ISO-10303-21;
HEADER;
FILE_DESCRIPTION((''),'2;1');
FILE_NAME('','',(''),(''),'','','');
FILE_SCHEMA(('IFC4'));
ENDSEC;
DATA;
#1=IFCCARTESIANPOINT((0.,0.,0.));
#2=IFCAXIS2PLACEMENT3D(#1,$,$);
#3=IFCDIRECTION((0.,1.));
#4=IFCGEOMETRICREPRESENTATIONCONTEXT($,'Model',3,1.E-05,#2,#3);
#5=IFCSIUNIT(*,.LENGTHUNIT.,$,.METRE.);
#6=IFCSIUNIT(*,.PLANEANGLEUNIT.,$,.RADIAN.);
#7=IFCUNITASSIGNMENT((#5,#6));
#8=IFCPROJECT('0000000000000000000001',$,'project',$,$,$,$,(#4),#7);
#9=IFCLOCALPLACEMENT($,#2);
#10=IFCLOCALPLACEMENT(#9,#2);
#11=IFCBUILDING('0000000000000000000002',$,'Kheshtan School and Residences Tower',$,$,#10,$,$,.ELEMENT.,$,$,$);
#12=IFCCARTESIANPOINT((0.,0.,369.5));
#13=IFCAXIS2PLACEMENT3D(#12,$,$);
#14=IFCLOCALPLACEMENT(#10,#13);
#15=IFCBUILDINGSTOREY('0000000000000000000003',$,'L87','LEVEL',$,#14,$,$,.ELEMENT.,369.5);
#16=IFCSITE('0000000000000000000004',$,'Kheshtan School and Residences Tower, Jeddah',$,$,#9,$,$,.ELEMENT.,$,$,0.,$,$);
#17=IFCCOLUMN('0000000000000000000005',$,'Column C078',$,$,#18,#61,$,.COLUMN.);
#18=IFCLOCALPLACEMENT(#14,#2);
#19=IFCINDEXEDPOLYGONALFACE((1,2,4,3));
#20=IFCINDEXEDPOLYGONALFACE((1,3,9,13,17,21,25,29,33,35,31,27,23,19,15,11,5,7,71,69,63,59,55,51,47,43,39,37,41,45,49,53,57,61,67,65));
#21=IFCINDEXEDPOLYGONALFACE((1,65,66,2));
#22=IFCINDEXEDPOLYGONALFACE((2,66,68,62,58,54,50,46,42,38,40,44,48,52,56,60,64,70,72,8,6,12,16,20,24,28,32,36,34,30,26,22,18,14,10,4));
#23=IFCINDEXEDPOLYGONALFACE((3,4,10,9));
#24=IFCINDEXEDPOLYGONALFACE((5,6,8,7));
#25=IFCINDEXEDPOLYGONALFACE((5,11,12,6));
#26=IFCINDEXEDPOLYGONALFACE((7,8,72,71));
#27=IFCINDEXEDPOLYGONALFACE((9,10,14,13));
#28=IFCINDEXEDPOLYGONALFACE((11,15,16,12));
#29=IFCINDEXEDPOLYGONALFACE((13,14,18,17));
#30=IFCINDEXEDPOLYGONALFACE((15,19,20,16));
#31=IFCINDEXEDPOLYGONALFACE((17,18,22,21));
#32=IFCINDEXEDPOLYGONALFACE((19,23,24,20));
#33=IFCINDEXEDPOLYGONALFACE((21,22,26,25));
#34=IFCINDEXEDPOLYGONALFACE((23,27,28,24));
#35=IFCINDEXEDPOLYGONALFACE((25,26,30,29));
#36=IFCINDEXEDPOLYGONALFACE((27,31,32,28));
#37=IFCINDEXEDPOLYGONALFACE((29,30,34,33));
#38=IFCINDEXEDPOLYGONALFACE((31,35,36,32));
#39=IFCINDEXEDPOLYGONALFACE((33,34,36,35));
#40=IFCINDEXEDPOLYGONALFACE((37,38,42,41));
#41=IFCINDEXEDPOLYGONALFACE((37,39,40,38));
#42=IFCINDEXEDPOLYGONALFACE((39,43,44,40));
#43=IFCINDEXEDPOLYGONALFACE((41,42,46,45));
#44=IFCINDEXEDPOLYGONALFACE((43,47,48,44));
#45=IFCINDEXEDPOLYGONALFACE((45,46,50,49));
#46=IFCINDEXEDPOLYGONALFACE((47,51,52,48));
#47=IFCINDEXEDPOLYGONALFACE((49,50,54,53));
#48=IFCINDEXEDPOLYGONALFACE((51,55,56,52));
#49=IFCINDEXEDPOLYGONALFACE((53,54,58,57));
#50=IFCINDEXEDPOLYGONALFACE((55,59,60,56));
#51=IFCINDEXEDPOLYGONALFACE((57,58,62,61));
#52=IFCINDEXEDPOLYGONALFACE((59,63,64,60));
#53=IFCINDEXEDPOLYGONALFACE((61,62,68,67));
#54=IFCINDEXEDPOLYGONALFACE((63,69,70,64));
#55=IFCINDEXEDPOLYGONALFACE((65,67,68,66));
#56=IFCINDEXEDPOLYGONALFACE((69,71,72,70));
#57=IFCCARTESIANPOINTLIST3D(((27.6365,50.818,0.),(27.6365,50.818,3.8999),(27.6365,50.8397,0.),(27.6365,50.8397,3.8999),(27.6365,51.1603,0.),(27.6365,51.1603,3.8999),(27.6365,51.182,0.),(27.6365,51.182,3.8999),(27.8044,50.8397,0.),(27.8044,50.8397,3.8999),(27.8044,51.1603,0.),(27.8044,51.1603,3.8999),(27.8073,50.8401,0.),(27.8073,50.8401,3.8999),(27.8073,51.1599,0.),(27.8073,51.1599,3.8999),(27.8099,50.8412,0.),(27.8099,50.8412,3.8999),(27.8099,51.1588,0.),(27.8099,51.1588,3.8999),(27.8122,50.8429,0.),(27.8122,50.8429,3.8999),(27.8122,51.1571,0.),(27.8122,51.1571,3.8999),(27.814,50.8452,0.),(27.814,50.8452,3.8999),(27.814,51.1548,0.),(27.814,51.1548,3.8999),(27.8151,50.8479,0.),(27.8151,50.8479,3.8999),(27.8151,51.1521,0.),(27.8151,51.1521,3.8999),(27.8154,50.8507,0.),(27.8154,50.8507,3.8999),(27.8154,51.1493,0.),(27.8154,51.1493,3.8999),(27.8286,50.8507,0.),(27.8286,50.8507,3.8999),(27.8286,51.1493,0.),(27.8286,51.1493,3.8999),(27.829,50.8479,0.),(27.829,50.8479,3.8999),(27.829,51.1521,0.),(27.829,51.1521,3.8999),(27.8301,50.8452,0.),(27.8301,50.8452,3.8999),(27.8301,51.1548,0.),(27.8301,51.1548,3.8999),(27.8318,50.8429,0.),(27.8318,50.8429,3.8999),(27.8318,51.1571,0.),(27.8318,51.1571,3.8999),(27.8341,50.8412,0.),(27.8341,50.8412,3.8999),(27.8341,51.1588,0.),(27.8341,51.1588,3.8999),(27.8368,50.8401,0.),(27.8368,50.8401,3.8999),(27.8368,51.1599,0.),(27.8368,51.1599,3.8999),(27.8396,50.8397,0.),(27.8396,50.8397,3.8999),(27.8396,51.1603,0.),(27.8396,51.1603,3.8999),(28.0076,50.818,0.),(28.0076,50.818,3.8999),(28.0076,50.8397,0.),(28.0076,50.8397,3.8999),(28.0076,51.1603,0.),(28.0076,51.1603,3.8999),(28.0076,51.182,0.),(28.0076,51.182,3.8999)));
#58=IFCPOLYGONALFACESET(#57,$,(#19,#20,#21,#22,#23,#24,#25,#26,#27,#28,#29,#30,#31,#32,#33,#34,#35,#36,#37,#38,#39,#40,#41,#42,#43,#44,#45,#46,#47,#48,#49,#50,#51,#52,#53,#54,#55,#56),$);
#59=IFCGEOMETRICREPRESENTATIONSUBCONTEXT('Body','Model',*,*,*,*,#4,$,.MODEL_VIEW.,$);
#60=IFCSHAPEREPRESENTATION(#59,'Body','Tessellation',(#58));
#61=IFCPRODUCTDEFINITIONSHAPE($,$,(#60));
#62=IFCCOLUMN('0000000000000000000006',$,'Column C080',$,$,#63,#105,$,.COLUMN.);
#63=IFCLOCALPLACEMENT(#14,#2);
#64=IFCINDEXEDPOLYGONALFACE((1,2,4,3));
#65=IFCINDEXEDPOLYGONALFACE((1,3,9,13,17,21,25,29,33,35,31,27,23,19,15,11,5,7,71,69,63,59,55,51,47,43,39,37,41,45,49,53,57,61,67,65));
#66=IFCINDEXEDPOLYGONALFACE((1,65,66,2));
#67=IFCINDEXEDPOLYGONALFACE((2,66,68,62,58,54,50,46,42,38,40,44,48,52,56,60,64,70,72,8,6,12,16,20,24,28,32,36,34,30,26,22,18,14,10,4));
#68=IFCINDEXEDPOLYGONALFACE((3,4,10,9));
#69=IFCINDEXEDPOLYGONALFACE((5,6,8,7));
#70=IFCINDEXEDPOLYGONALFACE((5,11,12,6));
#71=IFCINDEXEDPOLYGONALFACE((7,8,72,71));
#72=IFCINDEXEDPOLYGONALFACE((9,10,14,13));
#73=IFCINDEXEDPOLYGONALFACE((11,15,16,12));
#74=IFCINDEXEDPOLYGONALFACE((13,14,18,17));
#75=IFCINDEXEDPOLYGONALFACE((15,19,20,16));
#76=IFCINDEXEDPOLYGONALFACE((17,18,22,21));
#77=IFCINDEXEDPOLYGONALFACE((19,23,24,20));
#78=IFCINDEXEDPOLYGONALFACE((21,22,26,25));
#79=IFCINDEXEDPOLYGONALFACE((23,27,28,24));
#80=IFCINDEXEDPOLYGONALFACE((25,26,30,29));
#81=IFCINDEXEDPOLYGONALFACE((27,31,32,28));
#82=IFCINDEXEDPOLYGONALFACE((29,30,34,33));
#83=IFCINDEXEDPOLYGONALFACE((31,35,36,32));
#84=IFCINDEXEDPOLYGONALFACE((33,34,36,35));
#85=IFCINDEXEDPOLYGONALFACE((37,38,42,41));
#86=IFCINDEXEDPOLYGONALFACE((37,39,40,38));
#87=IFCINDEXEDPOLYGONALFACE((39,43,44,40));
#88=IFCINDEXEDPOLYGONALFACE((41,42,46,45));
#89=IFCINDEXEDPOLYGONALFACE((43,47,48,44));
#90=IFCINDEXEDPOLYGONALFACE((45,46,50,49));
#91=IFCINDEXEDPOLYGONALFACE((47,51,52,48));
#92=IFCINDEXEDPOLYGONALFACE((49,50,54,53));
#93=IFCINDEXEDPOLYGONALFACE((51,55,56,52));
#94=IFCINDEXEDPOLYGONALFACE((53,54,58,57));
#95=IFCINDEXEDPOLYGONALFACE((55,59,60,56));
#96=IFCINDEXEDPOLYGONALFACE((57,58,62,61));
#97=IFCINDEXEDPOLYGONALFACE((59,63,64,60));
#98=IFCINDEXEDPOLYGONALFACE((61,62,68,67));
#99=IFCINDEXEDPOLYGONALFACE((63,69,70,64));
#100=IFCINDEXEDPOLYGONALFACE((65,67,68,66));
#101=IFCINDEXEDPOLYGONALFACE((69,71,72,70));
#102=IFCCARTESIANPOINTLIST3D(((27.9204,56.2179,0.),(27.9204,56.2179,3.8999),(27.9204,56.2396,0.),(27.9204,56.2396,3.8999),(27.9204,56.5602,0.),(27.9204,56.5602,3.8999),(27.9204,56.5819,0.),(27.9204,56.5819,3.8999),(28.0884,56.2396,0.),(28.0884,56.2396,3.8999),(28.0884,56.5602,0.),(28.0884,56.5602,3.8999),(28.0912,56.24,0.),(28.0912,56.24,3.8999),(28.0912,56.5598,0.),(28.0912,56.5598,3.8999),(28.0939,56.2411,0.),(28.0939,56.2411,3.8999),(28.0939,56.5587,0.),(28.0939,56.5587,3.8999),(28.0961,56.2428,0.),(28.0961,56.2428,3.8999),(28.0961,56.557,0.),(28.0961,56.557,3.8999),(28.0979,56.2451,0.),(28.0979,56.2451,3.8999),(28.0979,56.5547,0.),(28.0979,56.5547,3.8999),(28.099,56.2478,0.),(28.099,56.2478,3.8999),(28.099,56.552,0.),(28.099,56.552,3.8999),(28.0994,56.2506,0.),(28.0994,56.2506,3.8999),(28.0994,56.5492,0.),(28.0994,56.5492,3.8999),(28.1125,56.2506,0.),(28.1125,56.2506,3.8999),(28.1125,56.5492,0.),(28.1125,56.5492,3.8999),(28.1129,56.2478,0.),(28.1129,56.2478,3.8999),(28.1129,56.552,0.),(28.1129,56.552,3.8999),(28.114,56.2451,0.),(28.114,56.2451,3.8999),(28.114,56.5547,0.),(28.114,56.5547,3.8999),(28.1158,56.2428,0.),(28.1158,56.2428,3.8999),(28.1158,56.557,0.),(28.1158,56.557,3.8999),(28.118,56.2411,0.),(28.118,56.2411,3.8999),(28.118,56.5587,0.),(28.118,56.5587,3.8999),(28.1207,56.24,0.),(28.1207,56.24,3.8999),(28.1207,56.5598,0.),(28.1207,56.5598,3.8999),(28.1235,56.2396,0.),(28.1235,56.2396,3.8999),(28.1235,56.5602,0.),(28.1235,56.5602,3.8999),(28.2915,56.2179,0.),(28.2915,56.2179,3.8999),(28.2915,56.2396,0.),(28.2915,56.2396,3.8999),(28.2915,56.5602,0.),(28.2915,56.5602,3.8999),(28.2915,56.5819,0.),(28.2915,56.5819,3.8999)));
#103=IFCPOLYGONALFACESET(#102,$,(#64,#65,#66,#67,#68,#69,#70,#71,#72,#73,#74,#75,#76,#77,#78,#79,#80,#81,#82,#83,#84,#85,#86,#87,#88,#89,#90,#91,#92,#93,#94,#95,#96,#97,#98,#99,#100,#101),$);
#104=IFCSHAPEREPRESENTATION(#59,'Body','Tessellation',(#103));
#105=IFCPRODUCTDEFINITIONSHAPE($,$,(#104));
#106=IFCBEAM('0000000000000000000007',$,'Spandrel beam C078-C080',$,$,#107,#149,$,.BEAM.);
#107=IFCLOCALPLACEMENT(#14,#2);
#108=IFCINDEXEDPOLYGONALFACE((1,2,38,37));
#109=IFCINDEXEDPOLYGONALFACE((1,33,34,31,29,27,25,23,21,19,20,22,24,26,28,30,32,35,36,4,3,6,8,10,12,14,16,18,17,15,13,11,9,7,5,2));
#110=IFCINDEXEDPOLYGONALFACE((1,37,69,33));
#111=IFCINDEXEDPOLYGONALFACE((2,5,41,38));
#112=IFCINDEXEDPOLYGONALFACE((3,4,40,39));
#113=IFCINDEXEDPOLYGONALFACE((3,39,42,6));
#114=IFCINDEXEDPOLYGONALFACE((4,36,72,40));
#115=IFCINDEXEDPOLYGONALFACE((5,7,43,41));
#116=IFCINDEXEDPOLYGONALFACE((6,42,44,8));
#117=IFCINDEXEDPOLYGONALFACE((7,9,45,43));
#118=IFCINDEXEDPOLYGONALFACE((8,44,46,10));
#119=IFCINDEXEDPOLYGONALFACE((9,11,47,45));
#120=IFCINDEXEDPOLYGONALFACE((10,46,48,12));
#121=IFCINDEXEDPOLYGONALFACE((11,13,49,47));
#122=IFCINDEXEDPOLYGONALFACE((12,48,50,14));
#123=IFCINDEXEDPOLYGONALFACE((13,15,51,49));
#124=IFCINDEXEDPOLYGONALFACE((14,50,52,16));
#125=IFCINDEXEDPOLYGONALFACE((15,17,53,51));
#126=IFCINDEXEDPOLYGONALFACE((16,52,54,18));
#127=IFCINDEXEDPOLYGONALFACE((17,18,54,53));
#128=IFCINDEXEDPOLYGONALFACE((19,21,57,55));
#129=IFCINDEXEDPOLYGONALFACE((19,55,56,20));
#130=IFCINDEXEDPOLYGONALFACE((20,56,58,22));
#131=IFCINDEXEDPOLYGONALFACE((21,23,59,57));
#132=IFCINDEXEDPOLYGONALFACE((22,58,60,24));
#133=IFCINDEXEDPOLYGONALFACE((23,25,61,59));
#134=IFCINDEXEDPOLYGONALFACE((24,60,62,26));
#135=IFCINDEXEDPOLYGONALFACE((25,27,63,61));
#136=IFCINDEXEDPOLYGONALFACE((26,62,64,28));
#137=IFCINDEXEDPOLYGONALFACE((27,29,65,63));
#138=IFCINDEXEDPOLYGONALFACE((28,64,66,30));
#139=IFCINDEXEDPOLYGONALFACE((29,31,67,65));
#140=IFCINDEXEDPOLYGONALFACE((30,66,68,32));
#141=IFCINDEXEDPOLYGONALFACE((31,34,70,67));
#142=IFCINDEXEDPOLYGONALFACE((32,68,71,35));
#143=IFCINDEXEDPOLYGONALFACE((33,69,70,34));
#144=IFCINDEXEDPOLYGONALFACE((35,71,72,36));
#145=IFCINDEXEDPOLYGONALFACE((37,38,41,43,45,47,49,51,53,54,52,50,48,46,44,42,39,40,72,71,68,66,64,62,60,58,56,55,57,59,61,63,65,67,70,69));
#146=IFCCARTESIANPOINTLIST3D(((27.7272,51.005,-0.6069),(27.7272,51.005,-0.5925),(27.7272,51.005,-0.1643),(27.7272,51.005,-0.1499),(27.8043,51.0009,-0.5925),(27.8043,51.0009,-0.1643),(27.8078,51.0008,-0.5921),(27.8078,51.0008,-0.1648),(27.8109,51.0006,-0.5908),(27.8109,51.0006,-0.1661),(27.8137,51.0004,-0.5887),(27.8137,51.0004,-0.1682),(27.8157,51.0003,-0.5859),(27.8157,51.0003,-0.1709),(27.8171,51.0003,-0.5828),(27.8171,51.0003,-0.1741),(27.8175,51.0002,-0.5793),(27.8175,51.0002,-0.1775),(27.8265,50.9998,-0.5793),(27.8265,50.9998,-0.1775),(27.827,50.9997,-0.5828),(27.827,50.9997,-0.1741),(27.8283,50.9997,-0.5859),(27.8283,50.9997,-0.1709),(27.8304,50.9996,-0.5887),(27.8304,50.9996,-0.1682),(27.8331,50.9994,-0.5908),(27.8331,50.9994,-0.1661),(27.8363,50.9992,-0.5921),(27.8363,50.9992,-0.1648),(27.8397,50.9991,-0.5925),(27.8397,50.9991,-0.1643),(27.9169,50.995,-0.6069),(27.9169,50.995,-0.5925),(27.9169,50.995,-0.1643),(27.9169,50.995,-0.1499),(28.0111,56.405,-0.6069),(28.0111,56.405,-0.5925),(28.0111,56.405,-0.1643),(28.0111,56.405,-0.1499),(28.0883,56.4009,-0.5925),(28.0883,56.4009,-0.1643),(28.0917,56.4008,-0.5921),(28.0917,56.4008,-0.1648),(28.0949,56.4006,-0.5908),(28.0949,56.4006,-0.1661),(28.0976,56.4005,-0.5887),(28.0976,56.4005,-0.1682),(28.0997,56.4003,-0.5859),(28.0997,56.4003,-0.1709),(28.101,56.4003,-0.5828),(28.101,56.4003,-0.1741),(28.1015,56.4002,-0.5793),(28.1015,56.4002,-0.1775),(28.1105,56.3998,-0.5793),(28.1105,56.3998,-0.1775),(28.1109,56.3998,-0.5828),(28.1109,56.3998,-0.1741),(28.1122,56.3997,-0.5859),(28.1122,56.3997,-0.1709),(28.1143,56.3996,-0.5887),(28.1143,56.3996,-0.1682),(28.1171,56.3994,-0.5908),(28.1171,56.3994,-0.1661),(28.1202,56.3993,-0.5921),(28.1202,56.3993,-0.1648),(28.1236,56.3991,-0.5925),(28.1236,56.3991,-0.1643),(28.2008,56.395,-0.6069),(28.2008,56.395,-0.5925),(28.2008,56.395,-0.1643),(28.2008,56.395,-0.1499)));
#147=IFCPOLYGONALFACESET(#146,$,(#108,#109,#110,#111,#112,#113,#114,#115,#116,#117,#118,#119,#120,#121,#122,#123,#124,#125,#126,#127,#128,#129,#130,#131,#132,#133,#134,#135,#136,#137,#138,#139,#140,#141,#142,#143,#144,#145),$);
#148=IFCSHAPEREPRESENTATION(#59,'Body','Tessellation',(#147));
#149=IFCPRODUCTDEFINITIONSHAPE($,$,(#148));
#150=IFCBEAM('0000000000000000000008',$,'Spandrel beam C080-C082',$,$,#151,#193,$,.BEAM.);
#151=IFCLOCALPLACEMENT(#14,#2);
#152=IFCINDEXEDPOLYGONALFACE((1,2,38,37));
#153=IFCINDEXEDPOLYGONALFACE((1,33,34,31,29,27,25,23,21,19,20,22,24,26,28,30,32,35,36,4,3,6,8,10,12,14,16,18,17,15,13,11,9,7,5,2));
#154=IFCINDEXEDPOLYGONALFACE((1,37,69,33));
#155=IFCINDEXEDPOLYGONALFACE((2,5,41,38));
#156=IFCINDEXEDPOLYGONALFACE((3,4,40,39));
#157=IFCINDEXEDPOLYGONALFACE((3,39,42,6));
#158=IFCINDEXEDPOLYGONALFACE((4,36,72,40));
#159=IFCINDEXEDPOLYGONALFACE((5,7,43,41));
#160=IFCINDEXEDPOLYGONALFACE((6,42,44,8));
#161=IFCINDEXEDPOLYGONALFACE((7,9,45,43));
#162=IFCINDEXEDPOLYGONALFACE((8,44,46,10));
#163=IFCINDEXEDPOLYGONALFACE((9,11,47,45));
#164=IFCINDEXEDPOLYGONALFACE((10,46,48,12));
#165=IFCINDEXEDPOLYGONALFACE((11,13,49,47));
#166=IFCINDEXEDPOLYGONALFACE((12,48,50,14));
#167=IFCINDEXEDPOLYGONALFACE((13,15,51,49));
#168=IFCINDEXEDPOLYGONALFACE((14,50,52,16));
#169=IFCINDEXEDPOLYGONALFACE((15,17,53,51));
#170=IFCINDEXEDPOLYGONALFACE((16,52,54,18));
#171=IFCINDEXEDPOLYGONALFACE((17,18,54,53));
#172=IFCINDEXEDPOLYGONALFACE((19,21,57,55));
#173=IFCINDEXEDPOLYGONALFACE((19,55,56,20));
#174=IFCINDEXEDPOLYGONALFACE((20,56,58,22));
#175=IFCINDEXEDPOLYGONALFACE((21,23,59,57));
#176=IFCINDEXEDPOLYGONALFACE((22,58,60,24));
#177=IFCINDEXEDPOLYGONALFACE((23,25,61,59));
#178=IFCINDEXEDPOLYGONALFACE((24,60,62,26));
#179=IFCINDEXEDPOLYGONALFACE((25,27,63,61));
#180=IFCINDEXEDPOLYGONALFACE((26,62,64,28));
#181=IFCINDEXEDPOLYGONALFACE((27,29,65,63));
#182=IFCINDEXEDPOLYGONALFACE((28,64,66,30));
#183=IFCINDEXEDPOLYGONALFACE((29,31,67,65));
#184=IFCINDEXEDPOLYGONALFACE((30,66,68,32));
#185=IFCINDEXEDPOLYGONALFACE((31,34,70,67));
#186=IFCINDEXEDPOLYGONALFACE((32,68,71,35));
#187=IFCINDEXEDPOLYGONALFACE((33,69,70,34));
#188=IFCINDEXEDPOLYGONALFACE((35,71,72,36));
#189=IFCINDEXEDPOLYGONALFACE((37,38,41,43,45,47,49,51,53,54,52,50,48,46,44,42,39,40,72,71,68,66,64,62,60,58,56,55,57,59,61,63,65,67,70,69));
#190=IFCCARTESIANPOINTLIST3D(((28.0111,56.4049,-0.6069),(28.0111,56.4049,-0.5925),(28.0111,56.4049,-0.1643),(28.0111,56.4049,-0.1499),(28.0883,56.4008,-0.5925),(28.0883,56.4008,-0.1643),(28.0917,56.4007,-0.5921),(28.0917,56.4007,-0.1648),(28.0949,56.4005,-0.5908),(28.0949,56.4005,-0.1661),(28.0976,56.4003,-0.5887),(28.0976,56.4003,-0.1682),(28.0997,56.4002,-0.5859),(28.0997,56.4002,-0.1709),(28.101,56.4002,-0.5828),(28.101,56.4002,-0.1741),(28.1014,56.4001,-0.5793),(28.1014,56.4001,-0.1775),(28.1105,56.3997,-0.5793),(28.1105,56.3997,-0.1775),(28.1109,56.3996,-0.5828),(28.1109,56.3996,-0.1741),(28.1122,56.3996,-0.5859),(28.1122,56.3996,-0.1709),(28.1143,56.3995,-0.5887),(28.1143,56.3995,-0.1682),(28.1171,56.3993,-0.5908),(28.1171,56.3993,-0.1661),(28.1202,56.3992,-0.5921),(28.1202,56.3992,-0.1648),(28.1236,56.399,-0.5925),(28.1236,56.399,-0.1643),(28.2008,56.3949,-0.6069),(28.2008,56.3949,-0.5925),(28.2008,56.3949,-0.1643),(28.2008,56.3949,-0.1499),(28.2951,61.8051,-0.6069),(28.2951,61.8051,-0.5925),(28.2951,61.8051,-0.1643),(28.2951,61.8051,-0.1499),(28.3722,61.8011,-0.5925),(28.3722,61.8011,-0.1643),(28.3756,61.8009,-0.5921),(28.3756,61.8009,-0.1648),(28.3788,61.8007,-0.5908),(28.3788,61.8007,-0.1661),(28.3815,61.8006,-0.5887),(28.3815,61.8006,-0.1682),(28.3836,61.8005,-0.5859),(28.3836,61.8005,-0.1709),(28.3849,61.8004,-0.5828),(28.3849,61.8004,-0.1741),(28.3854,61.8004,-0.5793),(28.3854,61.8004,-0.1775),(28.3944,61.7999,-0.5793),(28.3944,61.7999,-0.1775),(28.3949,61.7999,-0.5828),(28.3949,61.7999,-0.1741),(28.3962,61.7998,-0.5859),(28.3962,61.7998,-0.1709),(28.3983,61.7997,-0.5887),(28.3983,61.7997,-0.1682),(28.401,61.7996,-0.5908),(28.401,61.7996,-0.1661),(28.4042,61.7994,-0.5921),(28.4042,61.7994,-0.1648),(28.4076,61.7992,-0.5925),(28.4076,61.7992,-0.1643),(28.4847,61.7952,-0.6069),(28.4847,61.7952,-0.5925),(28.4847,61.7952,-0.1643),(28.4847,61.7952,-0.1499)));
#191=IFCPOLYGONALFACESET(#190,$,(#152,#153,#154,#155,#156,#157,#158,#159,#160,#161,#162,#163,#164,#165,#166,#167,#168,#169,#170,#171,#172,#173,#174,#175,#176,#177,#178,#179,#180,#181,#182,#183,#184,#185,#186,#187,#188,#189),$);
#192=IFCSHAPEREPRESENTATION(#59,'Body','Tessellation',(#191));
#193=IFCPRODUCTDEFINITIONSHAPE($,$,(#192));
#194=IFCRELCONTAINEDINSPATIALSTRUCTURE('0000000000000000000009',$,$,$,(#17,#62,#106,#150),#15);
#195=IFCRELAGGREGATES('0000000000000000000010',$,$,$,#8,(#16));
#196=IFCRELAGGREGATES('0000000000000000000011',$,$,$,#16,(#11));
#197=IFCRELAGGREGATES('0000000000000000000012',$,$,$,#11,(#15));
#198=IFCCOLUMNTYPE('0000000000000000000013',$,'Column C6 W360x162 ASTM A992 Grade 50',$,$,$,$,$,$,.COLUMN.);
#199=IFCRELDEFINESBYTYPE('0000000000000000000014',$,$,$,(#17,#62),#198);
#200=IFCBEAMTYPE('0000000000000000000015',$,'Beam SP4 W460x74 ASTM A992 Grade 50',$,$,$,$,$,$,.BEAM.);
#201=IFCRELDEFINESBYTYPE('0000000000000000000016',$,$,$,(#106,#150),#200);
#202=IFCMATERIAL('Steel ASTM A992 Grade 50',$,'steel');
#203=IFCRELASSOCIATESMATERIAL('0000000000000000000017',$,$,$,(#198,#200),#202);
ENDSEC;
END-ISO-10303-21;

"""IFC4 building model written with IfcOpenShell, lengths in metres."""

from ifc_helpers import new_model, si_unit, direction, frame, origin, origin_2d, place, context, subcontext, project, spatial, i_section, extrude, material, material_profile, profile_set, type_object, element, save


model = new_model("IFC4")

# Units and contexts
model_context = context("Model", 3, precision=1e-05, world=origin(), true_north=direction((0.0, 1.0)))
body_context = subcontext(model_context, "Body", "Model", "MODEL_VIEW")
ifc_project = project(units=[si_unit("LENGTHUNIT", "METRE"), si_unit("PLANEANGLEUNIT", "RADIAN")], contexts=[model_context])

# Site, building, storey
site_placement = place(None, origin())
site = spatial("IfcSite", under=ifc_project, at=site_placement, Name="Kheshtan School and Residences Tower, Jeddah", CompositionType="ELEMENT", RefElevation=0.0)
building_placement = place(site_placement, origin())
building = spatial("IfcBuilding", under=site, at=building_placement, Name="Kheshtan School and Residences Tower", CompositionType="ELEMENT")
storey_placement = place(building_placement, frame((0.0, 0.0, 369.5)))
storey = spatial("IfcBuildingStorey", under=building, at=storey_placement, Name="L87", Description="LEVEL", CompositionType="ELEMENT", Elevation=369.5)

# Columns
ifc_material_1 = material(Name="Steel ASTM A992 Grade 50", Category="steel")
ifc_material_profile_1 = material_profile(ifc_material_1, i_section(OverallWidth=0.3711, OverallDepth=0.364, WebThickness=0.0132, FlangeThickness=0.0217, FilletRadius=0.011, at=origin_2d()), Name="W360x162")
ifc_profile_set_1 = profile_set([ifc_material_profile_1], Name="Steel ASTM A992 Grade 50")
column_type = type_object("IfcColumnType", Name="Column C6 W360x162 ASTM A992 Grade 50", PredefinedType="COLUMN", material=ifc_profile_set_1)
for number, where, z_axis, x_axis, name in (
    (1, (27.822, 51.0, 0.0), (0.0, 0.0, 1.0), (1.0, 0.0, 0.0), "Column C078"),
    (2, (28.106, 56.3999, 0.0), (0.0, 0.0, 1.0), (1.0, 0.0, 0.0), "Column C080"),
):
    element("IfcColumn", number, at=place(storey_placement, frame(where, z_axis=z_axis, x_axis=x_axis)), inside=storey, type_object=column_type, Name=name, PredefinedType="COLUMN", context=body_context, shape_type="SweptSolid", body=[
        extrude(i_section(OverallWidth=0.3711, OverallDepth=0.364, WebThickness=0.0132, FlangeThickness=0.0217, FilletRadius=0.011, at=origin_2d()), origin(), (0.0, 0.0, 1.0), 3.8999),
    ])

# Beams
ifc_material_profile_2 = material_profile(ifc_material_1, i_section(OverallWidth=0.1899, OverallDepth=0.457, WebThickness=0.009, FlangeThickness=0.0144, FilletRadius=0.0132, at=origin_2d()), Name="W460x74")
ifc_profile_set_2 = profile_set([ifc_material_profile_2], Name="Steel ASTM A992 Grade 50")
beam_type = type_object("IfcBeamType", Name="Beam SP4 W460x74 ASTM A992 Grade 50", PredefinedType="BEAM", material=ifc_profile_set_2)
beam_1_placement = place(storey_placement, frame((27.822, 51.0, -0.3784), z_axis=(0.052509, 0.99862, 0.0), x_axis=(-0.99862, 0.052509, 0.0)))
element("IfcBeam", 3, at=beam_1_placement, inside=storey, type_object=beam_type, Name="Spandrel beam C078-C080", PredefinedType="BEAM", context=body_context, shape_type="SweptSolid", body=[
    extrude(i_section(OverallWidth=0.1899, OverallDepth=0.457, WebThickness=0.009, FlangeThickness=0.0144, FilletRadius=0.0132, at=origin_2d()), origin(), (0.0, 0.0, 1.0), 5.4075),
])
beam_2_placement = place(storey_placement, frame((28.106, 56.3999, -0.3784), z_axis=(0.052507, 0.998621, 0.0), x_axis=(-0.998621, 0.052507, 0.0)))
element("IfcBeam", 4, at=beam_2_placement, inside=storey, type_object=beam_type, Name="Spandrel beam C080-C082", PredefinedType="BEAM", context=body_context, shape_type="SweptSolid", body=[
    extrude(i_section(OverallWidth=0.1899, OverallDepth=0.457, WebThickness=0.009, FlangeThickness=0.0144, FilletRadius=0.0132, at=origin_2d()), origin(), (0.0, 0.0, 1.0), 5.4077),
])

save(model, "model.ifc")
